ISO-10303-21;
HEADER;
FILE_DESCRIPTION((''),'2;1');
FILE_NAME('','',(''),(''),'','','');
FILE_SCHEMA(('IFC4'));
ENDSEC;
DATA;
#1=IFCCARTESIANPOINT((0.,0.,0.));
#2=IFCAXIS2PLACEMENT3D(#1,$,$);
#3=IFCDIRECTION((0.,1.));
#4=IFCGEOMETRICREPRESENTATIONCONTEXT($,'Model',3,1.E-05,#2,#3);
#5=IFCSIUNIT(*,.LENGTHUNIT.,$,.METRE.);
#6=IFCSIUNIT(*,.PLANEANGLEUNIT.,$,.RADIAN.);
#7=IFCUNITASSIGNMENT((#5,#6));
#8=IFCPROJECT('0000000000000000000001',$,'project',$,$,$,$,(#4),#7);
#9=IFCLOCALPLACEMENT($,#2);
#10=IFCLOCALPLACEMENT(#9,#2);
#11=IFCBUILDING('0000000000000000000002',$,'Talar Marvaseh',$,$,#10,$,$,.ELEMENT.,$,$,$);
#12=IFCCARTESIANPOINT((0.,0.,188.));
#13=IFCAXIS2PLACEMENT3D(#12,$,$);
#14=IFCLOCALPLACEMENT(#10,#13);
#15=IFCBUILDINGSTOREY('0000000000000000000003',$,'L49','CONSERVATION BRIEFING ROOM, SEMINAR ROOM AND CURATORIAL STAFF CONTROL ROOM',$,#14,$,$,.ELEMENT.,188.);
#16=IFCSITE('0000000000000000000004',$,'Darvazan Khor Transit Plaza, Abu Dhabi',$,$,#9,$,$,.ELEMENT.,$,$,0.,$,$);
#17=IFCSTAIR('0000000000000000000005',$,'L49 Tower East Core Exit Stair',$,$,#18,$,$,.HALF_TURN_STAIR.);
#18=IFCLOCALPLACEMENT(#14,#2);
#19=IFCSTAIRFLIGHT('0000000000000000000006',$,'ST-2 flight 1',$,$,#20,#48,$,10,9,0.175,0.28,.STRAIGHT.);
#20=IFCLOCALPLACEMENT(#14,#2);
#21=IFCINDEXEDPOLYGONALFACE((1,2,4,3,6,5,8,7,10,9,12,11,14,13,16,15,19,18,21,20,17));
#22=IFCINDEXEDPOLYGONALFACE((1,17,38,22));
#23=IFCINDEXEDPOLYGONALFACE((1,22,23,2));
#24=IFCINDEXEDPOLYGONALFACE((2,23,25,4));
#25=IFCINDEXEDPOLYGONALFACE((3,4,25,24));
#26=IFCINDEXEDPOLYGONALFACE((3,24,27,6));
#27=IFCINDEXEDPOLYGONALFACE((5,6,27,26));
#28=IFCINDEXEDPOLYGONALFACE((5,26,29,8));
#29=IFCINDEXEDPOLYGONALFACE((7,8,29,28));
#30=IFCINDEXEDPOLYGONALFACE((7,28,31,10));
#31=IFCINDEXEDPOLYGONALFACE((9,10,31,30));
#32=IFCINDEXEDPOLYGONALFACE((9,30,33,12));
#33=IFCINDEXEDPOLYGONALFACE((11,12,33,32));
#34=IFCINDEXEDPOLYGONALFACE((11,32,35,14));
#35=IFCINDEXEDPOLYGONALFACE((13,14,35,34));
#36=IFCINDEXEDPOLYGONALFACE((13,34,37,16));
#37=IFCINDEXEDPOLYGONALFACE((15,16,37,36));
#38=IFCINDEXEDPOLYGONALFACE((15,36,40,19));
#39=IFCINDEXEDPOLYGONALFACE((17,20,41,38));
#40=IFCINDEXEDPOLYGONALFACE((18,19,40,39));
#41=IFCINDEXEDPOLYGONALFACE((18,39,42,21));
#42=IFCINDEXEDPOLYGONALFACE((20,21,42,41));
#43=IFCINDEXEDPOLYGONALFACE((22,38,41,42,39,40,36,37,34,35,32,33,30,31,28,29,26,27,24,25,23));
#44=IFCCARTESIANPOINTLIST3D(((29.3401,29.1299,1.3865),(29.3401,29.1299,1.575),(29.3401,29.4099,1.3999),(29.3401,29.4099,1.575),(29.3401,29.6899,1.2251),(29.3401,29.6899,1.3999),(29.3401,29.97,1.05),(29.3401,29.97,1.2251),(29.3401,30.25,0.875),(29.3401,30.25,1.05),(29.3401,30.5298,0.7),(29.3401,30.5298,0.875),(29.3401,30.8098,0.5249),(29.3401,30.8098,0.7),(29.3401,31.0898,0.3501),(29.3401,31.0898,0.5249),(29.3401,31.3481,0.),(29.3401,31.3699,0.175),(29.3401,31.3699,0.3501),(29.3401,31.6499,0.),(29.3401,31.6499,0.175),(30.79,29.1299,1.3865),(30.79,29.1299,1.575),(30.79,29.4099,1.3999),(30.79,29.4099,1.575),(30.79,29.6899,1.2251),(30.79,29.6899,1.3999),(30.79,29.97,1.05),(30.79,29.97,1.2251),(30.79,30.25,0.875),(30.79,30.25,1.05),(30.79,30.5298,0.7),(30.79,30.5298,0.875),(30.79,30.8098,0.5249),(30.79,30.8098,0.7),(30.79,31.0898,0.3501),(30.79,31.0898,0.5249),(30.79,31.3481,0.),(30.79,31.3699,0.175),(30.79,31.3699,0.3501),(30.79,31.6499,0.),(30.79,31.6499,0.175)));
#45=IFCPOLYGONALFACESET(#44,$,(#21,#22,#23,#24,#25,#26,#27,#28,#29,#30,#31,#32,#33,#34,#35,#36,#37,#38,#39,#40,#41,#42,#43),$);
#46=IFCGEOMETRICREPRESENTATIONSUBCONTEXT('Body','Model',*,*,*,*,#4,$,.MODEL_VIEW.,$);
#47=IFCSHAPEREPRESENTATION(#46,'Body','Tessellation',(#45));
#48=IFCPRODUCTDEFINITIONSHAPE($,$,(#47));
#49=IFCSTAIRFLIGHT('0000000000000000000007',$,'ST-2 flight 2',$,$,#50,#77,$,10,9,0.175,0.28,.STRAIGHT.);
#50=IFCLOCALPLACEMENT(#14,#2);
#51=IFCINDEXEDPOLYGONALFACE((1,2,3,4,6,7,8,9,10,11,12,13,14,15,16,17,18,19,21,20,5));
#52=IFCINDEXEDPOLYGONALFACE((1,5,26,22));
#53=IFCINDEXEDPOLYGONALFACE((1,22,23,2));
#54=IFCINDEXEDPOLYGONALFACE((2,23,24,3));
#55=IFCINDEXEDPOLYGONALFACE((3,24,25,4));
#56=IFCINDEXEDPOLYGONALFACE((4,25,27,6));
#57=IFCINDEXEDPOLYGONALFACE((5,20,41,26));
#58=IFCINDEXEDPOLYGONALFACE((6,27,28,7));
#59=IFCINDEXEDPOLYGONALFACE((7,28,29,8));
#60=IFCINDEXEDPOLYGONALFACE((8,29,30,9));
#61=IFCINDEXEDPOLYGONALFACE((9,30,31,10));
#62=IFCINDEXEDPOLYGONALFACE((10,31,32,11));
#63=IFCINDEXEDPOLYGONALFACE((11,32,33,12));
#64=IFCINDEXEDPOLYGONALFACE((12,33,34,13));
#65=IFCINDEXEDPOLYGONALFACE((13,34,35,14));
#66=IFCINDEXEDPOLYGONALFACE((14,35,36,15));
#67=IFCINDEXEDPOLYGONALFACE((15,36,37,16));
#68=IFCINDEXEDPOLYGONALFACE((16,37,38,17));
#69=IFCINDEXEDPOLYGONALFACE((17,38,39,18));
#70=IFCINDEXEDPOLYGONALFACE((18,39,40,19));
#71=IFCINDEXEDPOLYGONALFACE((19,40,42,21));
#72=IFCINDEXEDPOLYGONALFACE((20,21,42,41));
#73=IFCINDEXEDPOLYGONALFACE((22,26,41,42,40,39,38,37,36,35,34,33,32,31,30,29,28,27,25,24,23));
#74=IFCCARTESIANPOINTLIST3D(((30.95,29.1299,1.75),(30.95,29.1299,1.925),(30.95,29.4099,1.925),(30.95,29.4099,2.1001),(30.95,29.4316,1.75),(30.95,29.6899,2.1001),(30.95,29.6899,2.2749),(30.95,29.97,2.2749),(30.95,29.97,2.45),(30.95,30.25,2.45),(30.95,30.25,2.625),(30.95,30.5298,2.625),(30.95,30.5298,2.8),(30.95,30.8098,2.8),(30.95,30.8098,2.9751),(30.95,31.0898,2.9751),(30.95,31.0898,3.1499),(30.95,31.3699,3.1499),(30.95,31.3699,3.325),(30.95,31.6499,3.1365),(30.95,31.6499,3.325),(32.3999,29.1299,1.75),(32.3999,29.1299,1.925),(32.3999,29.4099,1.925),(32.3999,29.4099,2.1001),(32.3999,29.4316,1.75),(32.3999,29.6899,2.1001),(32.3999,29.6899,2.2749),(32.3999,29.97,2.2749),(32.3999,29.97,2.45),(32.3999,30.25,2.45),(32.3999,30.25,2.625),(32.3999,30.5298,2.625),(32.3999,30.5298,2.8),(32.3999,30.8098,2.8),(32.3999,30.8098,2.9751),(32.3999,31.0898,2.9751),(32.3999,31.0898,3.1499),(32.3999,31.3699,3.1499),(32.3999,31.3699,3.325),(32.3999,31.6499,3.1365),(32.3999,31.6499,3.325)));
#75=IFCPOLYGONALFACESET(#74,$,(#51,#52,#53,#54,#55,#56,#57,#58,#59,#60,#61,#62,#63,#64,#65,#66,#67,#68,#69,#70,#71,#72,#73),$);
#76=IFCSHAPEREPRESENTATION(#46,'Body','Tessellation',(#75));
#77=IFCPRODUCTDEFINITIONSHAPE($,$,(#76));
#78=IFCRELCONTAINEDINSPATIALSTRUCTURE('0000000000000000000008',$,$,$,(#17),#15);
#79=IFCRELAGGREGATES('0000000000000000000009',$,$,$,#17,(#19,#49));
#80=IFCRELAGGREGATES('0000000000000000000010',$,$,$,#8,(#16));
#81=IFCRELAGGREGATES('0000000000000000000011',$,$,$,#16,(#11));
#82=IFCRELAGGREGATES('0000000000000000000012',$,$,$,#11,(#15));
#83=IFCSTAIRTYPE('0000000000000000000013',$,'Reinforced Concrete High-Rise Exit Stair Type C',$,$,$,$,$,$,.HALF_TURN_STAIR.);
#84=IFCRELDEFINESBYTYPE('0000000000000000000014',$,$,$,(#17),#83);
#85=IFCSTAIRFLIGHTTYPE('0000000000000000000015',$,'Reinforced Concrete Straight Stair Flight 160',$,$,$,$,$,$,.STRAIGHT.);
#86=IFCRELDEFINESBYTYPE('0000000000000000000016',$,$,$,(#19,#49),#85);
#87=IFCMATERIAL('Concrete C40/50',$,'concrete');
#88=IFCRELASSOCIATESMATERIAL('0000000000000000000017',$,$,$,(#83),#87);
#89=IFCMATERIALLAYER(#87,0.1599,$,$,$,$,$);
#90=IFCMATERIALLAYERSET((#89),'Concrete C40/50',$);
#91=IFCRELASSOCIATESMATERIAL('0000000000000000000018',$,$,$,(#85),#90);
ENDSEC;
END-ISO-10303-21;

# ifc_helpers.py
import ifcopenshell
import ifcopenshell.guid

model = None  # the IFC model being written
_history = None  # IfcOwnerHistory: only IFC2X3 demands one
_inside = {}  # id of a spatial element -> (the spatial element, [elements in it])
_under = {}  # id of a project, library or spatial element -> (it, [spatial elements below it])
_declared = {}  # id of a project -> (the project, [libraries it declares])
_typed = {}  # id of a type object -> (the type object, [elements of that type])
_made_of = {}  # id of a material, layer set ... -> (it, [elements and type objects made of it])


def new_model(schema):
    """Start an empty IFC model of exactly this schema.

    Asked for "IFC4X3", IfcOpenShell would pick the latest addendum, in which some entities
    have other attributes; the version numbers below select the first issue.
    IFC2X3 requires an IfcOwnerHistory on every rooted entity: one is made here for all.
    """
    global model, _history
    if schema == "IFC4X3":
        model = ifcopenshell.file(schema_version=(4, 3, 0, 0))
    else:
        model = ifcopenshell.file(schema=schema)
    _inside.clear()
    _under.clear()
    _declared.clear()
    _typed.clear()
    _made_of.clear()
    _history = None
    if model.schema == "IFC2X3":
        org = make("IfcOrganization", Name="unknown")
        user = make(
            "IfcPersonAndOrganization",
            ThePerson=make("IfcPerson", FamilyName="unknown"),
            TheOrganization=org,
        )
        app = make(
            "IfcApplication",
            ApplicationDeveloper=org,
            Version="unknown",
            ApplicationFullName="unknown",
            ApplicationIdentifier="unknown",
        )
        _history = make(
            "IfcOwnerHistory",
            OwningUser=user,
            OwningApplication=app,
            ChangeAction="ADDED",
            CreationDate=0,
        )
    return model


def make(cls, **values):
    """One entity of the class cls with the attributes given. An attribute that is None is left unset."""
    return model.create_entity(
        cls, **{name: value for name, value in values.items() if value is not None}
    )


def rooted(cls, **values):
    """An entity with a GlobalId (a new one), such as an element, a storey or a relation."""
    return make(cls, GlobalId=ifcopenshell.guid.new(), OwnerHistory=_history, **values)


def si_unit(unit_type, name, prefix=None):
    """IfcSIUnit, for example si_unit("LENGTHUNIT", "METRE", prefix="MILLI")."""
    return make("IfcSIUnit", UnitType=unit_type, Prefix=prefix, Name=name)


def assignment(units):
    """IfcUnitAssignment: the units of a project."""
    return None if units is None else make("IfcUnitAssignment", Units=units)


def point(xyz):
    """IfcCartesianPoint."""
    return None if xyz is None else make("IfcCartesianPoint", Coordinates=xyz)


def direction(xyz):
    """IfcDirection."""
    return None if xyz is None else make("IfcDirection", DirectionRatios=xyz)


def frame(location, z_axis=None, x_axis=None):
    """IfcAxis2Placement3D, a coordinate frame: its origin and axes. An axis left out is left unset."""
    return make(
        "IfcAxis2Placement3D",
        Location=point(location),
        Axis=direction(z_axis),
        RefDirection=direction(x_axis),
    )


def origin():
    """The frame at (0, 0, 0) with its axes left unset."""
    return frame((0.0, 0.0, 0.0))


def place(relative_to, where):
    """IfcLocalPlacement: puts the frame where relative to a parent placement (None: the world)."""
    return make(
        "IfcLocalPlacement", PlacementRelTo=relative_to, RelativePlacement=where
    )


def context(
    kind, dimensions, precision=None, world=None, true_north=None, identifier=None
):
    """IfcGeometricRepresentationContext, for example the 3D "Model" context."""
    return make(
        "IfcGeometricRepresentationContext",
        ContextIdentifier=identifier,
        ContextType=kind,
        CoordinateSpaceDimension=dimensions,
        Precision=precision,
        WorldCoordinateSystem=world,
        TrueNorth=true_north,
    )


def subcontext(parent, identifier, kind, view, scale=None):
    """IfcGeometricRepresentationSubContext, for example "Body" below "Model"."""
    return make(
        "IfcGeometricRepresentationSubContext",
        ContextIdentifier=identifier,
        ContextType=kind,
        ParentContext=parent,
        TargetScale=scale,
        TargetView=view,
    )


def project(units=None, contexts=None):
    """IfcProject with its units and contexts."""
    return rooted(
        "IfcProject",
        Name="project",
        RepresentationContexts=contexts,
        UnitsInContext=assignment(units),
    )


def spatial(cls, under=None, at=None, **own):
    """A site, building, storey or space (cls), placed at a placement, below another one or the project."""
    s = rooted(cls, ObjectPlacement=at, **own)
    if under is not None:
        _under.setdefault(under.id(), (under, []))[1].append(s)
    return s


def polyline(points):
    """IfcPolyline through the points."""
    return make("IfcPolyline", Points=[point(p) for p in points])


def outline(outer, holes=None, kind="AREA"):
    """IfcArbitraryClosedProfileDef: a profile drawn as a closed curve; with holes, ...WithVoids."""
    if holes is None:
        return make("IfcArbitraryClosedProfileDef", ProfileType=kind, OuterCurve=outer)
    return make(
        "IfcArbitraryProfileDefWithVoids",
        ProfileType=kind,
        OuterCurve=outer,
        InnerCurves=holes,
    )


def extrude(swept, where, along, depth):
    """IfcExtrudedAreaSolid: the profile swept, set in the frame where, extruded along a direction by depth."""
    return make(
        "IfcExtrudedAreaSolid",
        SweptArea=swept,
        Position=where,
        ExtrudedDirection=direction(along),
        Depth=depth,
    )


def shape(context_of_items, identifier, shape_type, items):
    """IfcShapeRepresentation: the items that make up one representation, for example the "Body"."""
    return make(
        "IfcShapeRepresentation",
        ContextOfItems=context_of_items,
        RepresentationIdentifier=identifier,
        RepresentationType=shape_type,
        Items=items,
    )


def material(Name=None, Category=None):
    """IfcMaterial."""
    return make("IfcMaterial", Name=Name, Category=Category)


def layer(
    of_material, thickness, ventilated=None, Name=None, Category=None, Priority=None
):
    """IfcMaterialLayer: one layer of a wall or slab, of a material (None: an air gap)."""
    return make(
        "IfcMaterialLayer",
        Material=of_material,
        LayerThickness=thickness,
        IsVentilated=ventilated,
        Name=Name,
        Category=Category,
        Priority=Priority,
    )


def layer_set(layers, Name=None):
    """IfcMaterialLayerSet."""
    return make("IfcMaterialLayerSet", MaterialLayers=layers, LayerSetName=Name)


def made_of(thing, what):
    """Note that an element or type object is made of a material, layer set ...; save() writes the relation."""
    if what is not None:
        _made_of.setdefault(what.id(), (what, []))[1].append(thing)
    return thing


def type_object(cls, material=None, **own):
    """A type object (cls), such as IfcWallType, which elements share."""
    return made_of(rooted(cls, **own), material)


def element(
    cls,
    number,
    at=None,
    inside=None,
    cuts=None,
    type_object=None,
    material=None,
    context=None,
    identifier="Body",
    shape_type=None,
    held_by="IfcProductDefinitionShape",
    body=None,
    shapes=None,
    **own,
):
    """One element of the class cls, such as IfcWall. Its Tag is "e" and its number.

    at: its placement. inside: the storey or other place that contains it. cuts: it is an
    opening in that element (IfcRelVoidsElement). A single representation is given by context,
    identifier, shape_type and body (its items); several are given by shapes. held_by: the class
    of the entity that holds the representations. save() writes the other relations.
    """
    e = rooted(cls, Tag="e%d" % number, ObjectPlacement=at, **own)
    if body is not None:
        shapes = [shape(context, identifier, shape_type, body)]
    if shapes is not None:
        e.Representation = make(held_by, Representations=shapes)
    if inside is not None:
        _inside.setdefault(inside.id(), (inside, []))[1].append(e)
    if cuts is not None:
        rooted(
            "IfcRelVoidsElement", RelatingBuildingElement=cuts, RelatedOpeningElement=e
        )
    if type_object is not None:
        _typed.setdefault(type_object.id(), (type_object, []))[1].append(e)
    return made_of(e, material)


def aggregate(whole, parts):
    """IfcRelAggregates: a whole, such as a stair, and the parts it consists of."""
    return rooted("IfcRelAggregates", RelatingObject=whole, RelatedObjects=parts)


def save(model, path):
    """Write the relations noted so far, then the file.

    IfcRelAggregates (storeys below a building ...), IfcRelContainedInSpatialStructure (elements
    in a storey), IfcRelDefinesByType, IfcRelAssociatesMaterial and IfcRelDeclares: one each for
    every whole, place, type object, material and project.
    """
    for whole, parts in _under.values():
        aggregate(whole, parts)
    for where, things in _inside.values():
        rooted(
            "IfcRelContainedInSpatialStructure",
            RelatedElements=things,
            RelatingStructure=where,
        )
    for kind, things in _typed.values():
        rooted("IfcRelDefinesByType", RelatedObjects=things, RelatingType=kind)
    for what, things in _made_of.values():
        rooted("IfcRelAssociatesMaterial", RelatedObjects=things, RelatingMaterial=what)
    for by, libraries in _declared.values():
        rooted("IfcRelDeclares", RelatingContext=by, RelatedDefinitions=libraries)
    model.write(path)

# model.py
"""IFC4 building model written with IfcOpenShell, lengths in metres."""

from ifc_helpers import new_model, si_unit, direction, frame, origin, place, context, subcontext, project, spatial, polyline, outline, extrude, material, layer, layer_set, type_object, element, aggregate, save


model = new_model("IFC4")

# Units and contexts
model_context = context("Model", 3, precision=1e-05, world=origin(), true_north=direction((0.0, 1.0)))
body_context = subcontext(model_context, "Body", "Model", "MODEL_VIEW")
ifc_project = project(units=[si_unit("LENGTHUNIT", "METRE"), si_unit("PLANEANGLEUNIT", "RADIAN")], contexts=[model_context])

# Site, building, storey
site_placement = place(None, origin())
site = spatial("IfcSite", under=ifc_project, at=site_placement, Name="Darvazan Khor Transit Plaza, Abu Dhabi", CompositionType="ELEMENT", RefElevation=0.0)
building_placement = place(site_placement, origin())
building = spatial("IfcBuilding", under=site, at=building_placement, Name="Talar Marvaseh", CompositionType="ELEMENT")
storey_placement = place(building_placement, frame((0.0, 0.0, 188.0)))
storey = spatial("IfcBuildingStorey", under=building, at=storey_placement, Name="L49", Description="CONSERVATION BRIEFING ROOM, SEMINAR ROOM AND CURATORIAL STAFF CONTROL ROOM", CompositionType="ELEMENT", Elevation=188.0)

# Shared definitions
ifc_material_1 = material(Name="Concrete C40/50", Category="concrete")

# Shared definitions
stair_type = type_object("IfcStairType", Name="Reinforced Concrete High-Rise Exit Stair Type C", PredefinedType="HALF_TURN_STAIR", material=ifc_material_1)
ifc_layer_1 = layer(ifc_material_1, 0.1599)
ifc_layer_set_1 = layer_set([ifc_layer_1], Name="Concrete C40/50")
stair_flight_type = type_object("IfcStairFlightType", Name="Reinforced Concrete Straight Stair Flight 160", PredefinedType="STRAIGHT", material=ifc_layer_set_1)

# Stair, stair flights
stair_1_placement = place(storey_placement, origin())
stair_1 = element("IfcStair", 1, at=stair_1_placement, inside=storey, type_object=stair_type, Name="L49 Tower East Core Exit Stair", PredefinedType="HALF_TURN_STAIR")
stair_flight_1_placement = place(storey_placement, frame((30.0649, 31.6499, 0.0), z_axis=(0.0, 0.0, 1.0), x_axis=(0.0, -1.0, 0.0)))
stair_flight_1 = element("IfcStairFlight", 2, at=stair_flight_1_placement, type_object=stair_flight_type, Name="ST-2 flight 1", NumberOfRisers=10, NumberOfTreads=9, PredefinedType="STRAIGHT", RiserHeight=0.175, TreadLength=0.28, context=body_context, shape_type="SweptSolid", body=[
    extrude(outline(polyline([(0.0, 0.0), (0.0, 0.175), (0.28, 0.175), (0.28, 0.3501), (0.5601, 0.3501), (0.5601, 0.5249), (0.8401, 0.5249), (0.8401, 0.7), (1.1201, 0.7), (1.1201, 0.875), (1.3999, 0.875), (1.3999, 1.05), (1.6799, 1.05), (1.6799, 1.2251), (1.96, 1.2251), (1.96, 1.3999), (2.24, 1.3999), (2.24, 1.575), (2.52, 1.575), (2.52, 1.75), (2.52, 1.3865), (0.3018, 0.0), (0.0, 0.0)])), frame((0.0, 0.7251, 0.0), z_axis=(0.0, -1.0, 0.0), x_axis=(1.0, 0.0, 0.0)), (0.0, 0.0, 1.0), 1.45),
])
stair_flight_2_placement = place(storey_placement, frame((31.675, 29.1299, 1.75), z_axis=(0.0, 0.0, 1.0), x_axis=(0.0, 1.0, 0.0)))
stair_flight_2 = element("IfcStairFlight", 3, at=stair_flight_2_placement, type_object=stair_flight_type, Name="ST-2 flight 2", NumberOfRisers=10, NumberOfTreads=9, PredefinedType="STRAIGHT", RiserHeight=0.175, TreadLength=0.28, context=body_context, shape_type="SweptSolid", body=[
    extrude(outline(polyline([(0.0, 0.0), (0.0, 0.175), (0.28, 0.175), (0.28, 0.3501), (0.5601, 0.3501), (0.5601, 0.5249), (0.8401, 0.5249), (0.8401, 0.7), (1.1201, 0.7), (1.1201, 0.875), (1.3999, 0.875), (1.3999, 1.05), (1.6799, 1.05), (1.6799, 1.2251), (1.96, 1.2251), (1.96, 1.3999), (2.24, 1.3999), (2.24, 1.575), (2.52, 1.575), (2.52, 1.75), (2.52, 1.3865), (0.3018, 0.0), (0.0, 0.0)])), frame((0.0, 0.7251, 0.0), z_axis=(0.0, -1.0, 0.0), x_axis=(1.0, 0.0, 0.0)), (0.0, 0.0, 1.0), 1.45),
])
aggregate(stair_1, [stair_flight_1, stair_flight_2])

save(model, "model.ifc")
